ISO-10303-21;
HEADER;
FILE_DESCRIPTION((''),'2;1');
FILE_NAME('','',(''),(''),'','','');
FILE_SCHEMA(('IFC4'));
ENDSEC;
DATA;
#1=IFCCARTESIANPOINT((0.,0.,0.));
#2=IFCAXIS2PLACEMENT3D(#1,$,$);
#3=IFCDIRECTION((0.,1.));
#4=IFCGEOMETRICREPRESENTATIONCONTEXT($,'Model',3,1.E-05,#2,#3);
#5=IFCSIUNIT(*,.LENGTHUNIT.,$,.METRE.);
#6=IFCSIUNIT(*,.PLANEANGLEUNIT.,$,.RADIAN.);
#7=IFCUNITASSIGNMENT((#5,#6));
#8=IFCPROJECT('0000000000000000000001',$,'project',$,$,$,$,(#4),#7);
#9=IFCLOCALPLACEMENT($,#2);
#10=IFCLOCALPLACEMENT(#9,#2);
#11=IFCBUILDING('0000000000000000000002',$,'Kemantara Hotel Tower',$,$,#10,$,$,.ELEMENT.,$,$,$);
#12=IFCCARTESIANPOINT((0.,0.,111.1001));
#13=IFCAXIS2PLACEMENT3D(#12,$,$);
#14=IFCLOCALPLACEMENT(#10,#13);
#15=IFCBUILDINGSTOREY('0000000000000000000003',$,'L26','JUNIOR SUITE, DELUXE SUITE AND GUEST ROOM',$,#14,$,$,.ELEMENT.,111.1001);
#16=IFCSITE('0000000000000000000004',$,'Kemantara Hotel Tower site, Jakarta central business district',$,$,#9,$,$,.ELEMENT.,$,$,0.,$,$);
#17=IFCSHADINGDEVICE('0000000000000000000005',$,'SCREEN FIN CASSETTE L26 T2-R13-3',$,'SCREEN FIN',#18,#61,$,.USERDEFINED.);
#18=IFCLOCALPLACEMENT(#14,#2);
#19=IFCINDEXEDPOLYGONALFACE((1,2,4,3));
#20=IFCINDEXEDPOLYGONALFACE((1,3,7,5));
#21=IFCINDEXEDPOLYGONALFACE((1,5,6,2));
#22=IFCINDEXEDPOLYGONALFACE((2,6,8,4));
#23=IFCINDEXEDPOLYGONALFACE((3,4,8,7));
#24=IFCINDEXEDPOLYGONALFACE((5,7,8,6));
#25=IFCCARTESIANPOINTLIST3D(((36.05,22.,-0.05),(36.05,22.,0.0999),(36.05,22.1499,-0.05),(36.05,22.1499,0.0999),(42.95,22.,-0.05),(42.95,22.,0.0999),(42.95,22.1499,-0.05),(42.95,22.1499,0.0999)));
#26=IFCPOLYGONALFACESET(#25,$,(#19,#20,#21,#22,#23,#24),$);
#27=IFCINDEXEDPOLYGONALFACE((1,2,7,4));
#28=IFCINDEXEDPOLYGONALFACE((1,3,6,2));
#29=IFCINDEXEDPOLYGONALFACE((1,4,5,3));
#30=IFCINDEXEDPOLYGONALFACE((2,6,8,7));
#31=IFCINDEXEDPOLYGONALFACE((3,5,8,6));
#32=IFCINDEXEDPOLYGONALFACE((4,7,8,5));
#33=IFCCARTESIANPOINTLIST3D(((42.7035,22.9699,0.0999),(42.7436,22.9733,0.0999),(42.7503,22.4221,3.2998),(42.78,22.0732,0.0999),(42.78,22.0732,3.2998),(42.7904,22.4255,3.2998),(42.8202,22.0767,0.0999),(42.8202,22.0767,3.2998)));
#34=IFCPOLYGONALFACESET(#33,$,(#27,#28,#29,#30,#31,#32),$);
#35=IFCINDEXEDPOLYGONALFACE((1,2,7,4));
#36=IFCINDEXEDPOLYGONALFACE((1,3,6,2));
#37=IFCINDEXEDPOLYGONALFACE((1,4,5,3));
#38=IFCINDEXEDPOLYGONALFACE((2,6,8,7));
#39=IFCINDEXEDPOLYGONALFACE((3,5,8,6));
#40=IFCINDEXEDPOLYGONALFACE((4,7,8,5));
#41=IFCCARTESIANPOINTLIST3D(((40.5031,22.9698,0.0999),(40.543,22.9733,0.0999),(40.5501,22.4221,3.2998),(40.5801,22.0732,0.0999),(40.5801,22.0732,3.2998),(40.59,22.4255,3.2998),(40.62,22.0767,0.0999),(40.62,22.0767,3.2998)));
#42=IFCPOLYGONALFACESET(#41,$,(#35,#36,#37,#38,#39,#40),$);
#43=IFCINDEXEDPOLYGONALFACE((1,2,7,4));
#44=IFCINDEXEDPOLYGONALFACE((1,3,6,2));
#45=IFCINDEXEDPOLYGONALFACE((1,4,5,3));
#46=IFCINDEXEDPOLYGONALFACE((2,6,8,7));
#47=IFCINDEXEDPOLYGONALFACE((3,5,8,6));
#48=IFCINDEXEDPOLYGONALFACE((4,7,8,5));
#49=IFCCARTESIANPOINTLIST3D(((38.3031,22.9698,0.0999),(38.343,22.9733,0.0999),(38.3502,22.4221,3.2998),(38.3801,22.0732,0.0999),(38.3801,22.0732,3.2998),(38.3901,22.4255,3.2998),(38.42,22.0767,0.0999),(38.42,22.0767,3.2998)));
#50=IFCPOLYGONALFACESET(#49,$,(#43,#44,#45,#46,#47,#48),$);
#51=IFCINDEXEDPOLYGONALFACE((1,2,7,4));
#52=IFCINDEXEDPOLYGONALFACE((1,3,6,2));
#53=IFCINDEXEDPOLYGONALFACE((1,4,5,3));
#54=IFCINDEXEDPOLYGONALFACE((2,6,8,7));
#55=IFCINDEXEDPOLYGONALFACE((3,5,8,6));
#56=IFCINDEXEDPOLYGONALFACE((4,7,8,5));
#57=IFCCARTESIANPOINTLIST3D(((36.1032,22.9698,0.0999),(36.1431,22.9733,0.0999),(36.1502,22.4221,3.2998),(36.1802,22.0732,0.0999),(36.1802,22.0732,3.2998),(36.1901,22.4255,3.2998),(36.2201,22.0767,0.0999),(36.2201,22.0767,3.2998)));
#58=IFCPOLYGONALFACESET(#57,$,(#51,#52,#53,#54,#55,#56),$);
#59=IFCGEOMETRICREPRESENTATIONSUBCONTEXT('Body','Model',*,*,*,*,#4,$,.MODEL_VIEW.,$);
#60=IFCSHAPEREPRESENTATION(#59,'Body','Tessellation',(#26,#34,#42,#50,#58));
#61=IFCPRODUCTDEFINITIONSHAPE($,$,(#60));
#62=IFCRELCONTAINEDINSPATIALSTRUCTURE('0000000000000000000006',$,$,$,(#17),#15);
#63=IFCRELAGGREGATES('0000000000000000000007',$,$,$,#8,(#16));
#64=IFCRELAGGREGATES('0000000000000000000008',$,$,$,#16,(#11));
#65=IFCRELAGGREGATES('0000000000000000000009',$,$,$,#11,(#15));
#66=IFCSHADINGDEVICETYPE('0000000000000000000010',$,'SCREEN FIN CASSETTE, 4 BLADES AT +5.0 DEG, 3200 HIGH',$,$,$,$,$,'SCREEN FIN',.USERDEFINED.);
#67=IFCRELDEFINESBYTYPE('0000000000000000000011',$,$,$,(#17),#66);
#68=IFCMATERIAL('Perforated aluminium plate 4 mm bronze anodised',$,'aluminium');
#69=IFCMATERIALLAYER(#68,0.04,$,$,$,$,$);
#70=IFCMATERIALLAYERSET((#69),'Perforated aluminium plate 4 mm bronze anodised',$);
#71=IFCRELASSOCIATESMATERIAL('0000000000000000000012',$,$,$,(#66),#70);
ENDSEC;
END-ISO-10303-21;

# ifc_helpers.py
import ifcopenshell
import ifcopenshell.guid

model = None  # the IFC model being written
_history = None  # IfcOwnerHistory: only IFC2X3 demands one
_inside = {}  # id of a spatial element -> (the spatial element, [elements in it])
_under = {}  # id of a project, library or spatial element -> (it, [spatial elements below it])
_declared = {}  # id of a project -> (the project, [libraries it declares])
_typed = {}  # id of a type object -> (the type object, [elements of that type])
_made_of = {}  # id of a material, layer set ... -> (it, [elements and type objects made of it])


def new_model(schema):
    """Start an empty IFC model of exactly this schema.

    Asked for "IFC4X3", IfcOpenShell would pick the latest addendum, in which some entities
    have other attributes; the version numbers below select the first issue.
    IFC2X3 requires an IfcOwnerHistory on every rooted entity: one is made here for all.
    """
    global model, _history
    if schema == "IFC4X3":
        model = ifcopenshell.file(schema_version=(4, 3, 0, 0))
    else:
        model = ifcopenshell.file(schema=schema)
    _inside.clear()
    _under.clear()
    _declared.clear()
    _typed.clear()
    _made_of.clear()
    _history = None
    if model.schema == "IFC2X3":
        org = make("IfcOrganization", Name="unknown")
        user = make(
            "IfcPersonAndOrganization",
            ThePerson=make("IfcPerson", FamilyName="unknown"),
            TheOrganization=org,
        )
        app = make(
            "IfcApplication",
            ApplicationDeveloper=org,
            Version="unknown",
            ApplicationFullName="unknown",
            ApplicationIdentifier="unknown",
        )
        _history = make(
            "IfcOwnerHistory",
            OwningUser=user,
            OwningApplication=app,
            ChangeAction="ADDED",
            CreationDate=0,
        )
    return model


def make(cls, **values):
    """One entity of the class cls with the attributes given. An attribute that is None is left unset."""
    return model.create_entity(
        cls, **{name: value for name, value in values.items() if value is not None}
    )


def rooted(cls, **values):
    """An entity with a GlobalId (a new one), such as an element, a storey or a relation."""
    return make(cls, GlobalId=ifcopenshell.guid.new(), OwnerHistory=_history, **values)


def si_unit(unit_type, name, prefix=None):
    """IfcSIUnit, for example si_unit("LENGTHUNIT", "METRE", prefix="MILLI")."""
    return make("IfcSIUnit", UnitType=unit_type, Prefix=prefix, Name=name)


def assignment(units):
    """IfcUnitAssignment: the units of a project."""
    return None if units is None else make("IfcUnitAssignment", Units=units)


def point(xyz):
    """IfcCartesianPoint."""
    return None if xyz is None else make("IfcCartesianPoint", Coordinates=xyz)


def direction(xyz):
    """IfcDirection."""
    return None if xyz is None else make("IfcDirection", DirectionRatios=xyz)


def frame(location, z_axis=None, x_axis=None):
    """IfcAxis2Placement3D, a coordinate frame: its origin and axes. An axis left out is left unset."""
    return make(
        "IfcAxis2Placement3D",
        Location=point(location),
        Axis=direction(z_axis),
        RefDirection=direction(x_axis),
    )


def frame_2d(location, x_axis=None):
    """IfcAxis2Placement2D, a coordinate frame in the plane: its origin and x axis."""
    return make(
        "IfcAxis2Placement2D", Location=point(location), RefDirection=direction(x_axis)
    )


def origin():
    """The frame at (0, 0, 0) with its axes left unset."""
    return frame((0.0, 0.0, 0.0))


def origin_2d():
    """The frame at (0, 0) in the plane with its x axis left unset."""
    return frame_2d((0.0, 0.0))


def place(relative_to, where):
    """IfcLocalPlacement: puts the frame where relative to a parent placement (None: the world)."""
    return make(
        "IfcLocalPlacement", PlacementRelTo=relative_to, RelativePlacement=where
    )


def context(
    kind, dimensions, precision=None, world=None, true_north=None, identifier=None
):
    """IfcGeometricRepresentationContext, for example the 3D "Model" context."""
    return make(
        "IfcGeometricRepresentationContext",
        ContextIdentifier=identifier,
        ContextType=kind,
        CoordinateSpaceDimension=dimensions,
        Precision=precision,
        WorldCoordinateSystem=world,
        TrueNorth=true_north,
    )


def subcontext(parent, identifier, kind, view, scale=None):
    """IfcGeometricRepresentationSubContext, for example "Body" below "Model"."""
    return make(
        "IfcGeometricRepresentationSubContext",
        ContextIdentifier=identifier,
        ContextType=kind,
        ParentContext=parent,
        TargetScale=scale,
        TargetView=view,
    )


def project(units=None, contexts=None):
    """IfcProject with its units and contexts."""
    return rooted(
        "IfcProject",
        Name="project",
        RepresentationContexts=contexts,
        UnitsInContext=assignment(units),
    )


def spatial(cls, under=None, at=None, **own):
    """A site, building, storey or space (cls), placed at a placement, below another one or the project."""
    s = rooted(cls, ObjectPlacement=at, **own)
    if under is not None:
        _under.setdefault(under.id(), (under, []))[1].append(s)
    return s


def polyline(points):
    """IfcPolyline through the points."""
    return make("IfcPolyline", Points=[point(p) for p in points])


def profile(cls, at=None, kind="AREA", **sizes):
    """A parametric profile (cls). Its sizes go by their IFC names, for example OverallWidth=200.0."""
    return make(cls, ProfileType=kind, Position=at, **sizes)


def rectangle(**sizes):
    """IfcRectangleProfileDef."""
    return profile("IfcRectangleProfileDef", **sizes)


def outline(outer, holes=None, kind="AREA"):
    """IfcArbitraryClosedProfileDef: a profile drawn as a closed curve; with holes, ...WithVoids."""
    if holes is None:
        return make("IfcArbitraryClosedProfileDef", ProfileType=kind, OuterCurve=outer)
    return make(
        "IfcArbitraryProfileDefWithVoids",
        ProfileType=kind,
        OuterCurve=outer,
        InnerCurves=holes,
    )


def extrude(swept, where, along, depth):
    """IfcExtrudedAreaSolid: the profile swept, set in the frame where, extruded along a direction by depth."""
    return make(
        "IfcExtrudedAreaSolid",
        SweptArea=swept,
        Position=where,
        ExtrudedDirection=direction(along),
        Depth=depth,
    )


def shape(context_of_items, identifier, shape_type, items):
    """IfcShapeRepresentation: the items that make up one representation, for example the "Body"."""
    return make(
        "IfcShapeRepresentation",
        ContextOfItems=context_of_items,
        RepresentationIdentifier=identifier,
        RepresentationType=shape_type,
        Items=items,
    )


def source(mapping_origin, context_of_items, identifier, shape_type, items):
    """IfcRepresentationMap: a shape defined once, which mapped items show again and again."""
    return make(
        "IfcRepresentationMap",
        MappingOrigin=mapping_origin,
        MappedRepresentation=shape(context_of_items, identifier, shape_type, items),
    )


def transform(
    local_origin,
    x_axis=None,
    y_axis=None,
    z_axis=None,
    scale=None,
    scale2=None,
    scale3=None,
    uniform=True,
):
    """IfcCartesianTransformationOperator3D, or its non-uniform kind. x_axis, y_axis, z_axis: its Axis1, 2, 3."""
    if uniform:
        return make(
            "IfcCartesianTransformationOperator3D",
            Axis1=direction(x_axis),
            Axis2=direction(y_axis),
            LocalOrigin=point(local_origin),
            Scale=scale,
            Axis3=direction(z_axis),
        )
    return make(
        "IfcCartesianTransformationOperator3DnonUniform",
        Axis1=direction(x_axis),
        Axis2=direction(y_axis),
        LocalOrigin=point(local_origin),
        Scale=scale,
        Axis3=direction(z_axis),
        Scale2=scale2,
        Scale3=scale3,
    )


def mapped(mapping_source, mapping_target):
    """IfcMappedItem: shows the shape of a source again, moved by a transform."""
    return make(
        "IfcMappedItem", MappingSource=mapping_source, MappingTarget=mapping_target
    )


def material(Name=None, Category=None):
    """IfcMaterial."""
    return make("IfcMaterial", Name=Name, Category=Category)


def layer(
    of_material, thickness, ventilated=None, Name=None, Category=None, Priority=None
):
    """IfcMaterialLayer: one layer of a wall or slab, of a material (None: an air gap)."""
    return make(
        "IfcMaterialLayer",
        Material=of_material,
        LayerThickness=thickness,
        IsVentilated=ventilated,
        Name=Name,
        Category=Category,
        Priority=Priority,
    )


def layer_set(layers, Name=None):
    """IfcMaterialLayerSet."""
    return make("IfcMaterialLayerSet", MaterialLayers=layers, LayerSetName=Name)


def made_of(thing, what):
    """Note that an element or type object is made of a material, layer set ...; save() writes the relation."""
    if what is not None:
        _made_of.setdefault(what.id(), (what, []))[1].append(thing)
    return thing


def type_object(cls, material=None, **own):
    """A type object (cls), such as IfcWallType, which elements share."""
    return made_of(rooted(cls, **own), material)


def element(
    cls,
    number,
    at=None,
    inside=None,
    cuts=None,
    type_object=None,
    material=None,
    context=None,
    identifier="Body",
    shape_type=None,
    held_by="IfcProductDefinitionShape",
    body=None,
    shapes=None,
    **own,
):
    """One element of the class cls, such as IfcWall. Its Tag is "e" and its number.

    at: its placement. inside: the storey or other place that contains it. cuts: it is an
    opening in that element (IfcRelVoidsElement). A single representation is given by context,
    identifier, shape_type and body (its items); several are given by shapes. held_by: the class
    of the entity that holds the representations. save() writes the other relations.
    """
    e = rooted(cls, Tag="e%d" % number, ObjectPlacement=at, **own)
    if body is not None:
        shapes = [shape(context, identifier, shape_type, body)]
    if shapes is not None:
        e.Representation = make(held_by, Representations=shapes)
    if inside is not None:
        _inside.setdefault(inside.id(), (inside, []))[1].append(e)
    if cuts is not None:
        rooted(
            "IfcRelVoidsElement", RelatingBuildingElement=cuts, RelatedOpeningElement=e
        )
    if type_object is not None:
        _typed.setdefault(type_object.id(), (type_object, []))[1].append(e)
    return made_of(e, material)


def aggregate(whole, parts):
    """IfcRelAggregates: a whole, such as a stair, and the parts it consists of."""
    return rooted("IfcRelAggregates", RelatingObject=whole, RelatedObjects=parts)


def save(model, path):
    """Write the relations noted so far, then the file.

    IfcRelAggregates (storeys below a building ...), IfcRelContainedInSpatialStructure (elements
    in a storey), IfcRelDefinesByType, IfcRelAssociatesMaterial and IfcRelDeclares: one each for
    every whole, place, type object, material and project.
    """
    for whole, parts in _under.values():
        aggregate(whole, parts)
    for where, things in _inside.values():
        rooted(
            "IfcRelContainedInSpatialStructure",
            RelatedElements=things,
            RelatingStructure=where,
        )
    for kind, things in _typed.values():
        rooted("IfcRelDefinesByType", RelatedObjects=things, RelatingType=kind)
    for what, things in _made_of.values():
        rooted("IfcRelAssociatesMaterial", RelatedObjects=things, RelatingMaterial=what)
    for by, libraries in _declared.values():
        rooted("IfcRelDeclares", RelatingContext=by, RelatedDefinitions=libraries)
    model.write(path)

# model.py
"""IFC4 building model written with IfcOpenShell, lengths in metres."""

from ifc_helpers import new_model, si_unit, direction, frame, origin, origin_2d, place, context, subcontext, project, spatial, polyline, rectangle, outline, extrude, source, transform, mapped, material, layer, layer_set, type_object, element, save


model = new_model("IFC4")

# Units and contexts
model_context = context("Model", 3, precision=1e-05, world=origin(), true_north=direction((0.0, 1.0)))
body_context = subcontext(model_context, "Body", "Model", "MODEL_VIEW")
ifc_project = project(units=[si_unit("LENGTHUNIT", "METRE"), si_unit("PLANEANGLEUNIT", "RADIAN")], contexts=[model_context])

# Site, building, storey
site_placement = place(None, origin())
site = spatial("IfcSite", under=ifc_project, at=site_placement, Name="Kemantara Hotel Tower site, Jakarta central business district", CompositionType="ELEMENT", RefElevation=0.0)
building_placement = place(site_placement, origin())
building = spatial("IfcBuilding", under=site, at=building_placement, Name="Kemantara Hotel Tower", CompositionType="ELEMENT")
storey_placement = place(building_placement, frame((0.0, 0.0, 111.1001)))
storey = spatial("IfcBuildingStorey", under=building, at=storey_placement, Name="L26", Description="JUNIOR SUITE, DELUXE SUITE AND GUEST ROOM", CompositionType="ELEMENT", Elevation=111.1001)

# Shading device
ifc_material_1 = material(Name="Perforated aluminium plate 4 mm bronze anodised", Category="aluminium")
ifc_layer_1 = layer(ifc_material_1, 0.04)
ifc_layer_set_1 = layer_set([ifc_layer_1], Name="Perforated aluminium plate 4 mm bronze anodised")
shading_device_type_1 = type_object("IfcShadingDeviceType", Name="SCREEN FIN CASSETTE, 4 BLADES AT +5.0 DEG, 3200 HIGH", ElementType="SCREEN FIN", PredefinedType="USERDEFINED", material=ifc_layer_set_1)
shared_shape_1 = source(origin(), body_context, "Body", "SweptSolid", [
    extrude(rectangle(XDim=6.8999, YDim=0.1499, at=origin_2d()), frame((3.3, -0.075, -0.1499), z_axis=(0.0, 0.0, 1.0), x_axis=(1.0, 0.0, 0.0)), (0.0, 0.0, 1.0), 0.1499),
    extrude(outline(polyline([(0.0, 0.0), (0.8999, 0.0), (0.3501, 3.2), (0.0, 3.2), (0.0, 0.0)])), frame((0.02, -0.0732, 0.0), z_axis=(-0.996376, -0.085056, 0.0), x_axis=(0.085056, -0.996376, 0.0)), (0.0, 0.0, 1.0), 0.0403),
    extrude(outline(polyline([(0.0, 0.0), (0.8999, 0.0), (0.3501, 3.2), (0.0, 3.2), (0.0, 0.0)])), frame((2.22, -0.0732, 0.0), z_axis=(-0.996332, -0.085575, 0.0), x_axis=(0.085575, -0.996332, 0.0)), (0.0, 0.0, 1.0), 0.04),
    extrude(outline(polyline([(0.0, 0.0), (0.8999, 0.0), (0.3501, 3.2), (0.0, 3.2), (0.0, 0.0)])), frame((4.4199, -0.0732, 0.0), z_axis=(-0.996332, -0.085575, 0.0), x_axis=(0.085575, -0.996332, 0.0)), (0.0, 0.0, 1.0), 0.04),
    extrude(outline(polyline([(0.0, 0.0), (0.8999, 0.0), (0.3501, 3.2), (0.0, 3.2), (0.0, 0.0)])), frame((6.6199, -0.0732, 0.0), z_axis=(-0.996332, -0.085575, 0.0), x_axis=(0.085575, -0.996332, 0.0)), (0.0, 0.0, 1.0), 0.04),
])
shading_device_1_placement = place(storey_placement, frame((42.8, 22.0, 0.0999), z_axis=(0.0, 0.0, 1.0), x_axis=(-1.0, 0.0, 0.0)))
element("IfcShadingDevice", 1, at=shading_device_1_placement, inside=storey, type_object=shading_device_type_1, Name="SCREEN FIN CASSETTE L26 T2-R13-3", ObjectType="SCREEN FIN", PredefinedType="USERDEFINED", context=body_context, shape_type="MappedRepresentation", body=[
    mapped(shared_shape_1, transform((0.0, 0.0, 0.0))),
])

save(model, "model.ifc")
